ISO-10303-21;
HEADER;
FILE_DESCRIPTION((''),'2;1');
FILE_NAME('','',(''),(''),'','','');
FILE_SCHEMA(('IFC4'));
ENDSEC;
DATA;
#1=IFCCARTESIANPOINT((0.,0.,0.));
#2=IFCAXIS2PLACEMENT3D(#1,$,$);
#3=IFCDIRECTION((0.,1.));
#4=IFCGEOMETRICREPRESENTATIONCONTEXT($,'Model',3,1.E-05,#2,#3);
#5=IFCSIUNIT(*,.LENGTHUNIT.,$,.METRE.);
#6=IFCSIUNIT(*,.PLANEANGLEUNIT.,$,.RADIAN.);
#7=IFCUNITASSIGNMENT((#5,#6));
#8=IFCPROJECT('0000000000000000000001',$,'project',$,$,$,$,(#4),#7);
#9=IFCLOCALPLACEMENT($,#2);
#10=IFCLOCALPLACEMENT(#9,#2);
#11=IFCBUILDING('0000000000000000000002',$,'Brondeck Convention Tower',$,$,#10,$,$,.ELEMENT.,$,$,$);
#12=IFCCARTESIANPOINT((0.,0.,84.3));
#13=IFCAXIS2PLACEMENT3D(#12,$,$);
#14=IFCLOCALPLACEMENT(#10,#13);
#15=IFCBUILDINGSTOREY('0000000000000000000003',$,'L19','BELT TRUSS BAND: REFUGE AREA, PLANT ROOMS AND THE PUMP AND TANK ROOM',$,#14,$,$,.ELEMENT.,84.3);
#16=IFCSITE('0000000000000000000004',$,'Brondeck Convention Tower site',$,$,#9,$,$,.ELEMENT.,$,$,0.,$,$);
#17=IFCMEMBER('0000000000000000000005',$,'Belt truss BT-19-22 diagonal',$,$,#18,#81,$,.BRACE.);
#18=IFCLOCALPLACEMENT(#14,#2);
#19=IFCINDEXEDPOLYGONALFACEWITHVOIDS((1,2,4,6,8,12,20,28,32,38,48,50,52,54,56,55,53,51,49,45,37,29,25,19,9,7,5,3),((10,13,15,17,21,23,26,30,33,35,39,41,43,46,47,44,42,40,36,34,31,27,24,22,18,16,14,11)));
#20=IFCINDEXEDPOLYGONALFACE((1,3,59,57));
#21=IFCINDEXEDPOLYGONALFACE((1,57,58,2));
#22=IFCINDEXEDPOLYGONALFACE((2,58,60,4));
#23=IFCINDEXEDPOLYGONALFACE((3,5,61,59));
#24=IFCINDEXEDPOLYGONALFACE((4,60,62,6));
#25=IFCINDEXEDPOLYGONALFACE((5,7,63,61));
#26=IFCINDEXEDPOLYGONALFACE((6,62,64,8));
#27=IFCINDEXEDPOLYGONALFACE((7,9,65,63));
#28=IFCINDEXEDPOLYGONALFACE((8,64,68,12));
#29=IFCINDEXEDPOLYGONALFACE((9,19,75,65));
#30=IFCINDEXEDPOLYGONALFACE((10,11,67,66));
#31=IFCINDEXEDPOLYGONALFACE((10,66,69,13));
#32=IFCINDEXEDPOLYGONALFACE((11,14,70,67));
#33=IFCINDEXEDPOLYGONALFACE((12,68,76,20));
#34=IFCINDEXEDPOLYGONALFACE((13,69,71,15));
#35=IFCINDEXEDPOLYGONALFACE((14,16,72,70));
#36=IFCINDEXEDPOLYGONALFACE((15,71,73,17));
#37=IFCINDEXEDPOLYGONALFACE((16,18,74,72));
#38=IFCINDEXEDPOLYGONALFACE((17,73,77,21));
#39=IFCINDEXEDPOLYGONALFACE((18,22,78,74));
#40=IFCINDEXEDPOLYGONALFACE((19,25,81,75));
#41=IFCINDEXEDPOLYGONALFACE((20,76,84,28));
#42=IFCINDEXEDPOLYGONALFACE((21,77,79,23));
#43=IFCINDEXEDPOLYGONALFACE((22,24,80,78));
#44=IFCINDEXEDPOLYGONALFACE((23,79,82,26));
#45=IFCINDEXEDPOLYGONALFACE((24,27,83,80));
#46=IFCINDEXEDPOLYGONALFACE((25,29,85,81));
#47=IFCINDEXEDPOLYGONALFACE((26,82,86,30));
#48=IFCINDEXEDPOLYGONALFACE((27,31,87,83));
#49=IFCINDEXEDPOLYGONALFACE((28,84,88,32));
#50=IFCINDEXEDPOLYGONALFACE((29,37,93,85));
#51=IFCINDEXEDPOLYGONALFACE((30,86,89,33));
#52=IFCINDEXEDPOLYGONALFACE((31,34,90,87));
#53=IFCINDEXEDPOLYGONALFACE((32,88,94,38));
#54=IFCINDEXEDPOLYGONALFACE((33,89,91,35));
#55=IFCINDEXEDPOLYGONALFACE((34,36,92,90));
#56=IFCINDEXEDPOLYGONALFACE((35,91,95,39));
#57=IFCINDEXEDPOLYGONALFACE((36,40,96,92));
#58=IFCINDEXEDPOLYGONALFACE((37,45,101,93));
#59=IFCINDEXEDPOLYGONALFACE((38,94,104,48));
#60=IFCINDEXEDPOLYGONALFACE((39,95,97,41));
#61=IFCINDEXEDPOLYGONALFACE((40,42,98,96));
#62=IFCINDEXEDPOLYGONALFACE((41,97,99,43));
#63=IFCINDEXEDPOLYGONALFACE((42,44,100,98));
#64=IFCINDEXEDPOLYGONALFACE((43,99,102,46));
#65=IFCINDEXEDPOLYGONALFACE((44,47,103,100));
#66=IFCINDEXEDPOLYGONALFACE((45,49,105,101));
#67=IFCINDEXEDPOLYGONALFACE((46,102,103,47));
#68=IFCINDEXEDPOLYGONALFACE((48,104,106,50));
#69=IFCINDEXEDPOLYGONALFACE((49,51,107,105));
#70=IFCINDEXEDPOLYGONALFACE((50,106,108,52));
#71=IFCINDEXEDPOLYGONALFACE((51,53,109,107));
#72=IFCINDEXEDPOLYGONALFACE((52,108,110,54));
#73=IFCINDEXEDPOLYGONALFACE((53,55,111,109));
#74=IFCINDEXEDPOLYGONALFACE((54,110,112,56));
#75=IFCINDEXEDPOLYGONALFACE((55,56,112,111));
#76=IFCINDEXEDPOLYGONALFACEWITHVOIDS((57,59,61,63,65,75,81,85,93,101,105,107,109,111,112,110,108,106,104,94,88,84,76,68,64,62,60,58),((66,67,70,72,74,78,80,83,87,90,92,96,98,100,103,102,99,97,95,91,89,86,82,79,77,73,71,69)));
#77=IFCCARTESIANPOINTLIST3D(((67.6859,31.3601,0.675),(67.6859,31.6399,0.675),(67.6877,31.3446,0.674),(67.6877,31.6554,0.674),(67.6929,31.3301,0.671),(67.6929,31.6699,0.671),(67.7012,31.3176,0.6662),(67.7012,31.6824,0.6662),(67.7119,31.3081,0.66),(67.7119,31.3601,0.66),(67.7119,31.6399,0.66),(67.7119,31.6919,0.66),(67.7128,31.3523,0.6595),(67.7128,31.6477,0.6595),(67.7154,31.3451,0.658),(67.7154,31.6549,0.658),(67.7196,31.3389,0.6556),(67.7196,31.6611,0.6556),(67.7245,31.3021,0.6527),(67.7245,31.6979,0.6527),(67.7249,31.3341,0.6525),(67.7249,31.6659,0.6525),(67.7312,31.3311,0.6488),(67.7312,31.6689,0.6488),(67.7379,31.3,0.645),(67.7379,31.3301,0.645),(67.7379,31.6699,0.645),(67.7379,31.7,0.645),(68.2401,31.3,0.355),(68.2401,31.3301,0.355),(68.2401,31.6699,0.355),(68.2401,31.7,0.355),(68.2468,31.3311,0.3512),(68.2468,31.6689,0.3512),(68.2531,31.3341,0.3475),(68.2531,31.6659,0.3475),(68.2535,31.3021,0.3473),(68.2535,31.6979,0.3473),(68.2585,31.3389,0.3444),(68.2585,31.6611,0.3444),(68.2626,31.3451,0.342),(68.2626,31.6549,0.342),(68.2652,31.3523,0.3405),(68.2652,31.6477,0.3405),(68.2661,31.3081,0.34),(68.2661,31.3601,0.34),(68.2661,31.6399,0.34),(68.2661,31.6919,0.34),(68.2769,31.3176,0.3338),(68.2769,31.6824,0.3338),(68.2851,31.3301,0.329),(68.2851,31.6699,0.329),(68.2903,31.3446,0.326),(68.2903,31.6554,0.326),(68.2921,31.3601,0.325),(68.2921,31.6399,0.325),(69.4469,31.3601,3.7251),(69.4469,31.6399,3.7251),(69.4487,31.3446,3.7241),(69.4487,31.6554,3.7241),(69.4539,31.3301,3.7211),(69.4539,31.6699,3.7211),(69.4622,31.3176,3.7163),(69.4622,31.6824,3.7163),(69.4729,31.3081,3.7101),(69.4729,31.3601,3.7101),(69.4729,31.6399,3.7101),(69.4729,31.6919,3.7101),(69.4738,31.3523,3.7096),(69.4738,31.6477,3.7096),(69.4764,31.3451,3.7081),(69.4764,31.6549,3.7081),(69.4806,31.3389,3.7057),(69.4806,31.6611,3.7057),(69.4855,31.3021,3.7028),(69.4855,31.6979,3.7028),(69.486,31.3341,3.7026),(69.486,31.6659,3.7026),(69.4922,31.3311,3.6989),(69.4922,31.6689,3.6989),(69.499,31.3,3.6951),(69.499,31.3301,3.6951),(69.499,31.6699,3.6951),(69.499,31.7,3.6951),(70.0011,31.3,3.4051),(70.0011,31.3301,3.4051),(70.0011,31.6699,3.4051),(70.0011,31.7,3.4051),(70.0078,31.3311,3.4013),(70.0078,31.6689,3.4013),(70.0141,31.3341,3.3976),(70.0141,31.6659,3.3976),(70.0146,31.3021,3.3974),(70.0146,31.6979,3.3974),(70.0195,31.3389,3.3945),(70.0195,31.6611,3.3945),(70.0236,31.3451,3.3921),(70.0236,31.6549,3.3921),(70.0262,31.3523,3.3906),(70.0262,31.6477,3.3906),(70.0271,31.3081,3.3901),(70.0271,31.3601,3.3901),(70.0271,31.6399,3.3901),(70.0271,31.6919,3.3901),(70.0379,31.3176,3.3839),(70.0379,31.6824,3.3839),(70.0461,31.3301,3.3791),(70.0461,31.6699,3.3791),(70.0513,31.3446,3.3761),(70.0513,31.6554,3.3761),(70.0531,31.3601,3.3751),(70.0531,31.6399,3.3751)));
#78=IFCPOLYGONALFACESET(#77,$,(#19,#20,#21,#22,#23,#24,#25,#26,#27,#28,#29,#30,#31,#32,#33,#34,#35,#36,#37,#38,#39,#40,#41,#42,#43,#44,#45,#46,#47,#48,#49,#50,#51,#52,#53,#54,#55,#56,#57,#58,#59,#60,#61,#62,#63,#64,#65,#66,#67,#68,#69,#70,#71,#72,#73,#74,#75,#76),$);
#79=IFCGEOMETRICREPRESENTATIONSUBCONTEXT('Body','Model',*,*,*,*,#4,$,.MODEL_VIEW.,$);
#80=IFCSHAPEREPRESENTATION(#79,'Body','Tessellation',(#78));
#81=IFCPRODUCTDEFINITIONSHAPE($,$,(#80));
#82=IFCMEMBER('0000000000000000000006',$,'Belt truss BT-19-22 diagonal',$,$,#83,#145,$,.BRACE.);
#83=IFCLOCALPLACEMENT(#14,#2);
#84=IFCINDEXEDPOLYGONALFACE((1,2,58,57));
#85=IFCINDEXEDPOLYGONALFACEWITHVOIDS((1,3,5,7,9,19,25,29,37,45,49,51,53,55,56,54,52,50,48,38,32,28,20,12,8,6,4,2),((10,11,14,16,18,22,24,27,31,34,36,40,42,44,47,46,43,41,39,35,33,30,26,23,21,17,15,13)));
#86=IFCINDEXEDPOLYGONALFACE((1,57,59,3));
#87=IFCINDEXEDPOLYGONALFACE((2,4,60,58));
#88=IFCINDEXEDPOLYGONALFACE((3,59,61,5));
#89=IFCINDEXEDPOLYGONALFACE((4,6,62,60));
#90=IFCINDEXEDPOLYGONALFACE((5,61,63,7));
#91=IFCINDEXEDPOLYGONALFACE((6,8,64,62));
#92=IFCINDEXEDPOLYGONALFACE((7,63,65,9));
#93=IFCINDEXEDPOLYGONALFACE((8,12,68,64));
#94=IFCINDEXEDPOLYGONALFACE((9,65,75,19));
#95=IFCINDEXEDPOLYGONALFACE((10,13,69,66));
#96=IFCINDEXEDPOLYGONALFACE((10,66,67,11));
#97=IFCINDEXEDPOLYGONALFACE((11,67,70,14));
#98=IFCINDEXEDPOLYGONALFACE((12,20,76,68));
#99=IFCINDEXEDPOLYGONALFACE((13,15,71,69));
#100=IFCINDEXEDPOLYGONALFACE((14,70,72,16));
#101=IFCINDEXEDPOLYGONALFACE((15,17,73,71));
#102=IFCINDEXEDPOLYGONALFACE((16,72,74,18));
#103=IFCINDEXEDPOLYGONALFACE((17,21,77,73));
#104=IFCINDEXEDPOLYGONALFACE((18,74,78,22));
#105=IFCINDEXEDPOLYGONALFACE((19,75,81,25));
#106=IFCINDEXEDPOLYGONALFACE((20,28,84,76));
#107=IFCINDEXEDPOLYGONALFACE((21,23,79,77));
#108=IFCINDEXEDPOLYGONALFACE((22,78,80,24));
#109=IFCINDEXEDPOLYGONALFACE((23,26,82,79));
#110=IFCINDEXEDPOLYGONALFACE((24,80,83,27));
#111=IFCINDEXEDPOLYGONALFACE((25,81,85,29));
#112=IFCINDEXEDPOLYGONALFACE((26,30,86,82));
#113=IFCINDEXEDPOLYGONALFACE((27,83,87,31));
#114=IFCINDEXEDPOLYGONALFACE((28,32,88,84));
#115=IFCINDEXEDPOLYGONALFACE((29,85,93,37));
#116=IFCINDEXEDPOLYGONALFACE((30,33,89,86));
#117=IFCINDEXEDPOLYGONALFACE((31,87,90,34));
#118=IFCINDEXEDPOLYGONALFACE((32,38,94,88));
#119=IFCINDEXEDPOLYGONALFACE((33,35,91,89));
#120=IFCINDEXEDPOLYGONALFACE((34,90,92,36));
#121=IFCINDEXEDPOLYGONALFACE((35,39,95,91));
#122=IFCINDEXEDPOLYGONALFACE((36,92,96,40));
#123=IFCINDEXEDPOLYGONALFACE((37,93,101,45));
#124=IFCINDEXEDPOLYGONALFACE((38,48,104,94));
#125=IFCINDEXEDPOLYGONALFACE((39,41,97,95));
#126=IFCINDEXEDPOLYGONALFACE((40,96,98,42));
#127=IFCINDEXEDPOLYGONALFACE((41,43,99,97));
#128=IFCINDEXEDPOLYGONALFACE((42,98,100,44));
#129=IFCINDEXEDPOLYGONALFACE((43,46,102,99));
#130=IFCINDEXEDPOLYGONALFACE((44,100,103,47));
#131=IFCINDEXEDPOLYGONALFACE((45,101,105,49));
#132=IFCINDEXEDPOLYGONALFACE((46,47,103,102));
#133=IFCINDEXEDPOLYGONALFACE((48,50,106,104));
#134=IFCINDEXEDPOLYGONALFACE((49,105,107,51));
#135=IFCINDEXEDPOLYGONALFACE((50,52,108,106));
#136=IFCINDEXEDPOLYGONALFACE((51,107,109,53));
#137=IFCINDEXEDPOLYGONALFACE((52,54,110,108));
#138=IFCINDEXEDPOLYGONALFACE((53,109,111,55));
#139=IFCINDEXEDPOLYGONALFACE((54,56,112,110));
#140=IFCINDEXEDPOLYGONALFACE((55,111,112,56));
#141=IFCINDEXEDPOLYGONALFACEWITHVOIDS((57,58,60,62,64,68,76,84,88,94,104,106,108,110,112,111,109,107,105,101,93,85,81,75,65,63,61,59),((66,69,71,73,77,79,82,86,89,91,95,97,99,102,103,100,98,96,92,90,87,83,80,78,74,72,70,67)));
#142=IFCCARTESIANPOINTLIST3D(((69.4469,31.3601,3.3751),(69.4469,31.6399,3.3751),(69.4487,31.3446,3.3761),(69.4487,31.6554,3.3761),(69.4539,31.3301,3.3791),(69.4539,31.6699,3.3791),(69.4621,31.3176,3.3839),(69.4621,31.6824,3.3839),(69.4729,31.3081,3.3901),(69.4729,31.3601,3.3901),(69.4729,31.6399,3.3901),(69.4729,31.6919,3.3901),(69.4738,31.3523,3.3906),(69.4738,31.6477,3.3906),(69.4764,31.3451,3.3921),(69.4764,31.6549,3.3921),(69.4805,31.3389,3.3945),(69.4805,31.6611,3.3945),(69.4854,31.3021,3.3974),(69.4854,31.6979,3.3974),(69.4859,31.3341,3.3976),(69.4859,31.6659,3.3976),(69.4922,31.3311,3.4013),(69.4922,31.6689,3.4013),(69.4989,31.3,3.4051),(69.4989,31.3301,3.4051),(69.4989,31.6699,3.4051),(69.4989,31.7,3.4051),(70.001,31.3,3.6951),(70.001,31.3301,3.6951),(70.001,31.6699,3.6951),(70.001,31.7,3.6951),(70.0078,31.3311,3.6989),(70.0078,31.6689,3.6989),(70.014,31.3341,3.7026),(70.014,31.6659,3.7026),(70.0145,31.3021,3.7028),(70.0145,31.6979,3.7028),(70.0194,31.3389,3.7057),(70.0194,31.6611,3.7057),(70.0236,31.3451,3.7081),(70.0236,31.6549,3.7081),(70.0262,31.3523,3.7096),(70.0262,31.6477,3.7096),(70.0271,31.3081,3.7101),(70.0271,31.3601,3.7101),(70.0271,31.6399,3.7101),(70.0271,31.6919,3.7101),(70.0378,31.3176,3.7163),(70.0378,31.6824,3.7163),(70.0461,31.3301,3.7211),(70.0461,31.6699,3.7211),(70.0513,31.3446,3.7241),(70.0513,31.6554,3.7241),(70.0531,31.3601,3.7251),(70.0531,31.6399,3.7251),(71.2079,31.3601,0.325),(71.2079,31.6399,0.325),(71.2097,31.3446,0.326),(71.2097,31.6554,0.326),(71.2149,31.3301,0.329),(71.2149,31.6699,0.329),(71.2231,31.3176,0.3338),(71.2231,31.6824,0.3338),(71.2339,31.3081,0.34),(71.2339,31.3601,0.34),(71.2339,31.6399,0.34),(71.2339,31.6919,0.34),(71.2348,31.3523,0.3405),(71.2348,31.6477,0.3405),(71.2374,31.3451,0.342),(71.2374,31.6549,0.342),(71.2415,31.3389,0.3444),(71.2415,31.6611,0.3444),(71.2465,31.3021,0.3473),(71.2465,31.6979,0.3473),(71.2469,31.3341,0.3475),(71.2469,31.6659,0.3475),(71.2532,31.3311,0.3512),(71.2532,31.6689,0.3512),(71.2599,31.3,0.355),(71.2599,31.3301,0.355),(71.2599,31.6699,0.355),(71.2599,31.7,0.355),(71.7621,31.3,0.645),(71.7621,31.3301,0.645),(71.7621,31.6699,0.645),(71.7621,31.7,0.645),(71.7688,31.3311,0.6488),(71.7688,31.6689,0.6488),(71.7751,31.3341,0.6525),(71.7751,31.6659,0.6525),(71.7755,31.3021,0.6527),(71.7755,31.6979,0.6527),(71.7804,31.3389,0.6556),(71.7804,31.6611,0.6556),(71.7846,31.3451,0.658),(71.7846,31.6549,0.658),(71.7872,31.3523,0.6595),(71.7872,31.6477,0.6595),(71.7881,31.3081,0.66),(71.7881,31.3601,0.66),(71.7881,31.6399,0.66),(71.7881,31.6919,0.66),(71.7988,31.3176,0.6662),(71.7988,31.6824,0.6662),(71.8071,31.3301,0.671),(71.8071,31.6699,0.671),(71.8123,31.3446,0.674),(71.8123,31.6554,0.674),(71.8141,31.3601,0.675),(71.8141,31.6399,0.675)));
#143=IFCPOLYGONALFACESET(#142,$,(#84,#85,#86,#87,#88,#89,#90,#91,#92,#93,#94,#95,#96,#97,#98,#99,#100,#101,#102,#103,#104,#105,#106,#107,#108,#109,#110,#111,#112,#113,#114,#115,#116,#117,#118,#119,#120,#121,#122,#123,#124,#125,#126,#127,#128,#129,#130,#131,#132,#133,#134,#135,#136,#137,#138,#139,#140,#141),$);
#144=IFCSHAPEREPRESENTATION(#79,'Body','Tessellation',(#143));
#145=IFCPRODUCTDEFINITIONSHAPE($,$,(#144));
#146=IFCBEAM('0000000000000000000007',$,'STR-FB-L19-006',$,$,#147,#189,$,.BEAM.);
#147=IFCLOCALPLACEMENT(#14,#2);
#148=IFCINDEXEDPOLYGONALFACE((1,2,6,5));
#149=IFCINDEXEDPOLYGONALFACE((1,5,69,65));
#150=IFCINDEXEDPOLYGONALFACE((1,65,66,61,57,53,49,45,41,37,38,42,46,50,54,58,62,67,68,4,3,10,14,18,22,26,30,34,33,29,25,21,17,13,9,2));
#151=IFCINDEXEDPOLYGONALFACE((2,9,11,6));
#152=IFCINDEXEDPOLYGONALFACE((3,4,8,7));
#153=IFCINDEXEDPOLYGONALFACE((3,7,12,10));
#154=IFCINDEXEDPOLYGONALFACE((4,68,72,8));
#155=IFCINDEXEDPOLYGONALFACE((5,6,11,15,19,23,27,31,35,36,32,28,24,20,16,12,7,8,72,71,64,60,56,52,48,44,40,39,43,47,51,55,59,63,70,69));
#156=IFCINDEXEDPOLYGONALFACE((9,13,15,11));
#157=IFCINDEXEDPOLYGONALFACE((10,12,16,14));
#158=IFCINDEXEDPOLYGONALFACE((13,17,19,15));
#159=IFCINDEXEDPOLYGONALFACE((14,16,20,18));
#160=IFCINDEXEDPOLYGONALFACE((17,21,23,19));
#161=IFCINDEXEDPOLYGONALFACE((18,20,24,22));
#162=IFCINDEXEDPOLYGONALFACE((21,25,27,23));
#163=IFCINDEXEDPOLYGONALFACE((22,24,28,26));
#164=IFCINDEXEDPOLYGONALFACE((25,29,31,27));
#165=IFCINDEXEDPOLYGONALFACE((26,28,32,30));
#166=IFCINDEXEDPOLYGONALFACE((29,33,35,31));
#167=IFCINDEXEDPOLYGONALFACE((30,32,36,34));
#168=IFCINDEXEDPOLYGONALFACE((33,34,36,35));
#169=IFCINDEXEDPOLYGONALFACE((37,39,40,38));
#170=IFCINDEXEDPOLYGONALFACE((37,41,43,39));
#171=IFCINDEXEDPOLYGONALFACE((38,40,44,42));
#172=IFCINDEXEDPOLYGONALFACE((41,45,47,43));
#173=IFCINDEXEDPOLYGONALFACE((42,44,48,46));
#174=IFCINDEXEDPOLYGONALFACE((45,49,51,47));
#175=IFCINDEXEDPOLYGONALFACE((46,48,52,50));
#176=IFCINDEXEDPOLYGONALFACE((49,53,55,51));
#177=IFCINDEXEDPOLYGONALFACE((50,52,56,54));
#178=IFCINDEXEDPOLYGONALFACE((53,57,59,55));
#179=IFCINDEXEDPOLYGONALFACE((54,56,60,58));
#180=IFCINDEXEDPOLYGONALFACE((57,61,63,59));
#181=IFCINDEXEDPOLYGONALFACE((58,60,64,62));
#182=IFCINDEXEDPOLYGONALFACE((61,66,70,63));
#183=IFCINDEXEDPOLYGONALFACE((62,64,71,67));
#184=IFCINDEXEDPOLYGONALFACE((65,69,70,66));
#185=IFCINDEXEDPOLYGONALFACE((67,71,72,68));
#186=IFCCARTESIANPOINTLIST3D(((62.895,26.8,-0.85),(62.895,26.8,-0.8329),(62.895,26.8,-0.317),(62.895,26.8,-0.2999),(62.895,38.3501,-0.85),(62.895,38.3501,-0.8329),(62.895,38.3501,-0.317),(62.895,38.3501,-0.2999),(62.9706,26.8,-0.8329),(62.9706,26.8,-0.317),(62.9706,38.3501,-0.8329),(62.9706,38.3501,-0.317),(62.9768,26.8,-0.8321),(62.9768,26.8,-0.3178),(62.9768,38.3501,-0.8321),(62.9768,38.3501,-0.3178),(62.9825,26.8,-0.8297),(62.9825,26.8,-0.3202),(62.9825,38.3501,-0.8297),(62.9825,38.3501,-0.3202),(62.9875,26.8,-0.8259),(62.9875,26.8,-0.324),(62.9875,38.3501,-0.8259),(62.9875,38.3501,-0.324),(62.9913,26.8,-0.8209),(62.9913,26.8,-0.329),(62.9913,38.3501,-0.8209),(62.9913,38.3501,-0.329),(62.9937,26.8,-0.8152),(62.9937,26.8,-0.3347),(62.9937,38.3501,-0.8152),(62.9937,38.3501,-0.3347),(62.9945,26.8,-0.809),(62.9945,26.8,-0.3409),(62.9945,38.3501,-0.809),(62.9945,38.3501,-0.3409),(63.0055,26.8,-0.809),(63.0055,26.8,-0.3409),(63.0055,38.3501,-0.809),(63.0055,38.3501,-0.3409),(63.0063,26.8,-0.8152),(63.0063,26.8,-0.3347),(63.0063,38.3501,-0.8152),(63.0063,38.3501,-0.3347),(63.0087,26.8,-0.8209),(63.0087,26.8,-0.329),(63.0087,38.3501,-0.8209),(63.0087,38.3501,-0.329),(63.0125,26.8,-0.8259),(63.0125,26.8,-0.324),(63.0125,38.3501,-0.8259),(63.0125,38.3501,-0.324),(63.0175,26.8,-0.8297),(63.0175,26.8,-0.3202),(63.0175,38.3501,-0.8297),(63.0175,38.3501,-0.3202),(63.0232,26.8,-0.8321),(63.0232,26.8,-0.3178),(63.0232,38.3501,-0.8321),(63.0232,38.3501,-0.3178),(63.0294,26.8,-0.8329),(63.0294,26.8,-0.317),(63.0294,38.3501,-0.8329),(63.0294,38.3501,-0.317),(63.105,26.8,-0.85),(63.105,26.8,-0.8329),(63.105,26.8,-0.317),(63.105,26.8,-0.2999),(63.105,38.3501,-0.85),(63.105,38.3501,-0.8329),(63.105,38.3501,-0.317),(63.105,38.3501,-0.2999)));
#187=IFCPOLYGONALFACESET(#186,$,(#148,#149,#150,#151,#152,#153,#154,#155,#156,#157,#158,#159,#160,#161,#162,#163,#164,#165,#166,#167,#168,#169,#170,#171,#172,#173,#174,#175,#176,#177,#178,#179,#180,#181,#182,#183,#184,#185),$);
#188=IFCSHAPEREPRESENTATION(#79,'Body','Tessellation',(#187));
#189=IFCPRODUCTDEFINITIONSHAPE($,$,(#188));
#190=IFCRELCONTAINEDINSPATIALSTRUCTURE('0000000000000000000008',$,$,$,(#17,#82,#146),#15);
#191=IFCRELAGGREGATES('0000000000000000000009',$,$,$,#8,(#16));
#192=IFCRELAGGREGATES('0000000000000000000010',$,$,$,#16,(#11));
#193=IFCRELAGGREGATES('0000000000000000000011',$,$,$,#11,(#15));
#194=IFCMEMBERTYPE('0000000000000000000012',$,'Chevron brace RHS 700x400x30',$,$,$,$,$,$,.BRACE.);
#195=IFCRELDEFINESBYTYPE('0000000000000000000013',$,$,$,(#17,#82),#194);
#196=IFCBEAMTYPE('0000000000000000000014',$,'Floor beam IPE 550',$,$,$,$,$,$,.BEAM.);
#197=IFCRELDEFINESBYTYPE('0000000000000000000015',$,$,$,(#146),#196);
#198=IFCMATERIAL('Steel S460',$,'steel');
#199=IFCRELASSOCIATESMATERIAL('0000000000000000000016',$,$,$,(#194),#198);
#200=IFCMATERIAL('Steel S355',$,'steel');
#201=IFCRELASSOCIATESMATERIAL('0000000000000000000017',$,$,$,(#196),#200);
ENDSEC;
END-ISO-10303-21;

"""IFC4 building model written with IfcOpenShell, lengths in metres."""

from ifc_helpers import new_model, si_unit, direction, frame, origin, origin_2d, place, context, subcontext, project, spatial, hollow_rectangle, i_section, extrude, material, material_profile, profile_set, type_object, element, save


model = new_model("IFC4")

# Units and contexts
model_context = context("Model", 3, precision=1e-05, world=origin(), true_north=direction((0.0, 1.0)))
body_context = subcontext(model_context, "Body", "Model", "MODEL_VIEW")
ifc_project = project(units=[si_unit("LENGTHUNIT", "METRE"), si_unit("PLANEANGLEUNIT", "RADIAN")], contexts=[model_context])

# Site, building, storey
site_placement = place(None, origin())
site = spatial("IfcSite", under=ifc_project, at=site_placement, Name="Brondeck Convention Tower site", CompositionType="ELEMENT", RefElevation=0.0)
building_placement = place(site_placement, origin())
building = spatial("IfcBuilding", under=site, at=building_placement, Name="Brondeck Convention Tower", CompositionType="ELEMENT")
storey_placement = place(building_placement, frame((0.0, 0.0, 84.3)))
storey = spatial("IfcBuildingStorey", under=building, at=storey_placement, Name="L19", Description="BELT TRUSS BAND: REFUGE AREA, PLANT ROOMS AND THE PUMP AND TANK ROOM", CompositionType="ELEMENT", Elevation=84.3)

# Members
ifc_material_1 = material(Name="Steel S460", Category="steel")
ifc_material_profile_1 = material_profile(ifc_material_1, hollow_rectangle(XDim=0.3999, YDim=0.7, WallThickness=0.03, InnerFilletRadius=0.03, OuterFilletRadius=0.0601, at=origin_2d()), Name="RHS 700x400x30")
ifc_profile_set_1 = profile_set([ifc_material_profile_1], Name="Steel S460")
member_type_1 = type_object("IfcMemberType", Name="Chevron brace RHS 700x400x30", PredefinedType="BRACE", material=ifc_profile_set_1)
for number, where, z_axis, x_axis, name in (
    (1, (67.989, 31.5, 0.5), (0.500008, 0.0, 0.866021), (0.0, 1.0, 0.0), "Belt truss BT-19-22 diagonal"),
    (2, (71.511, 31.5, 0.5), (-0.500008, 0.0, 0.866021), (0.0, -1.0, 0.0), "Belt truss BT-19-22 diagonal"),
):
    element("IfcMember", number, at=place(storey_placement, frame(where, z_axis=z_axis, x_axis=x_axis)), inside=storey, type_object=member_type_1, Name=name, PredefinedType="BRACE", context=body_context, shape_type="SweptSolid", body=[
        extrude(hollow_rectangle(XDim=0.3999, YDim=0.7, WallThickness=0.03, InnerFilletRadius=0.03, OuterFilletRadius=0.0601, at=origin_2d()), origin(), (0.0, 0.0, 1.0), 3.522),
    ])

# Beam
ifc_material_2 = material(Name="Steel S355", Category="steel")
ifc_material_profile_2 = material_profile(ifc_material_2, i_section(OverallWidth=0.21, OverallDepth=0.55, WebThickness=0.011, FlangeThickness=0.0171, FilletRadius=0.0239, at=origin_2d()), Name="IPE 550")
ifc_profile_set_2 = profile_set([ifc_material_profile_2], Name="Steel S355")
beam_type_1 = type_object("IfcBeamType", Name="Floor beam IPE 550", PredefinedType="BEAM", material=ifc_profile_set_2)
beam_1_placement = place(storey_placement, frame((63.0, 26.8, -0.575), z_axis=(0.0, 1.0, 0.0), x_axis=(-1.0, 0.0, 0.0)))
element("IfcBeam", 3, at=beam_1_placement, inside=storey, type_object=beam_type_1, Name="STR-FB-L19-006", PredefinedType="BEAM", context=body_context, shape_type="SweptSolid", body=[
    extrude(i_section(OverallWidth=0.21, OverallDepth=0.55, WebThickness=0.011, FlangeThickness=0.0171, FilletRadius=0.0239, at=origin_2d()), origin(), (0.0, 0.0, 1.0), 11.55),
])

save(model, "model.ifc")
